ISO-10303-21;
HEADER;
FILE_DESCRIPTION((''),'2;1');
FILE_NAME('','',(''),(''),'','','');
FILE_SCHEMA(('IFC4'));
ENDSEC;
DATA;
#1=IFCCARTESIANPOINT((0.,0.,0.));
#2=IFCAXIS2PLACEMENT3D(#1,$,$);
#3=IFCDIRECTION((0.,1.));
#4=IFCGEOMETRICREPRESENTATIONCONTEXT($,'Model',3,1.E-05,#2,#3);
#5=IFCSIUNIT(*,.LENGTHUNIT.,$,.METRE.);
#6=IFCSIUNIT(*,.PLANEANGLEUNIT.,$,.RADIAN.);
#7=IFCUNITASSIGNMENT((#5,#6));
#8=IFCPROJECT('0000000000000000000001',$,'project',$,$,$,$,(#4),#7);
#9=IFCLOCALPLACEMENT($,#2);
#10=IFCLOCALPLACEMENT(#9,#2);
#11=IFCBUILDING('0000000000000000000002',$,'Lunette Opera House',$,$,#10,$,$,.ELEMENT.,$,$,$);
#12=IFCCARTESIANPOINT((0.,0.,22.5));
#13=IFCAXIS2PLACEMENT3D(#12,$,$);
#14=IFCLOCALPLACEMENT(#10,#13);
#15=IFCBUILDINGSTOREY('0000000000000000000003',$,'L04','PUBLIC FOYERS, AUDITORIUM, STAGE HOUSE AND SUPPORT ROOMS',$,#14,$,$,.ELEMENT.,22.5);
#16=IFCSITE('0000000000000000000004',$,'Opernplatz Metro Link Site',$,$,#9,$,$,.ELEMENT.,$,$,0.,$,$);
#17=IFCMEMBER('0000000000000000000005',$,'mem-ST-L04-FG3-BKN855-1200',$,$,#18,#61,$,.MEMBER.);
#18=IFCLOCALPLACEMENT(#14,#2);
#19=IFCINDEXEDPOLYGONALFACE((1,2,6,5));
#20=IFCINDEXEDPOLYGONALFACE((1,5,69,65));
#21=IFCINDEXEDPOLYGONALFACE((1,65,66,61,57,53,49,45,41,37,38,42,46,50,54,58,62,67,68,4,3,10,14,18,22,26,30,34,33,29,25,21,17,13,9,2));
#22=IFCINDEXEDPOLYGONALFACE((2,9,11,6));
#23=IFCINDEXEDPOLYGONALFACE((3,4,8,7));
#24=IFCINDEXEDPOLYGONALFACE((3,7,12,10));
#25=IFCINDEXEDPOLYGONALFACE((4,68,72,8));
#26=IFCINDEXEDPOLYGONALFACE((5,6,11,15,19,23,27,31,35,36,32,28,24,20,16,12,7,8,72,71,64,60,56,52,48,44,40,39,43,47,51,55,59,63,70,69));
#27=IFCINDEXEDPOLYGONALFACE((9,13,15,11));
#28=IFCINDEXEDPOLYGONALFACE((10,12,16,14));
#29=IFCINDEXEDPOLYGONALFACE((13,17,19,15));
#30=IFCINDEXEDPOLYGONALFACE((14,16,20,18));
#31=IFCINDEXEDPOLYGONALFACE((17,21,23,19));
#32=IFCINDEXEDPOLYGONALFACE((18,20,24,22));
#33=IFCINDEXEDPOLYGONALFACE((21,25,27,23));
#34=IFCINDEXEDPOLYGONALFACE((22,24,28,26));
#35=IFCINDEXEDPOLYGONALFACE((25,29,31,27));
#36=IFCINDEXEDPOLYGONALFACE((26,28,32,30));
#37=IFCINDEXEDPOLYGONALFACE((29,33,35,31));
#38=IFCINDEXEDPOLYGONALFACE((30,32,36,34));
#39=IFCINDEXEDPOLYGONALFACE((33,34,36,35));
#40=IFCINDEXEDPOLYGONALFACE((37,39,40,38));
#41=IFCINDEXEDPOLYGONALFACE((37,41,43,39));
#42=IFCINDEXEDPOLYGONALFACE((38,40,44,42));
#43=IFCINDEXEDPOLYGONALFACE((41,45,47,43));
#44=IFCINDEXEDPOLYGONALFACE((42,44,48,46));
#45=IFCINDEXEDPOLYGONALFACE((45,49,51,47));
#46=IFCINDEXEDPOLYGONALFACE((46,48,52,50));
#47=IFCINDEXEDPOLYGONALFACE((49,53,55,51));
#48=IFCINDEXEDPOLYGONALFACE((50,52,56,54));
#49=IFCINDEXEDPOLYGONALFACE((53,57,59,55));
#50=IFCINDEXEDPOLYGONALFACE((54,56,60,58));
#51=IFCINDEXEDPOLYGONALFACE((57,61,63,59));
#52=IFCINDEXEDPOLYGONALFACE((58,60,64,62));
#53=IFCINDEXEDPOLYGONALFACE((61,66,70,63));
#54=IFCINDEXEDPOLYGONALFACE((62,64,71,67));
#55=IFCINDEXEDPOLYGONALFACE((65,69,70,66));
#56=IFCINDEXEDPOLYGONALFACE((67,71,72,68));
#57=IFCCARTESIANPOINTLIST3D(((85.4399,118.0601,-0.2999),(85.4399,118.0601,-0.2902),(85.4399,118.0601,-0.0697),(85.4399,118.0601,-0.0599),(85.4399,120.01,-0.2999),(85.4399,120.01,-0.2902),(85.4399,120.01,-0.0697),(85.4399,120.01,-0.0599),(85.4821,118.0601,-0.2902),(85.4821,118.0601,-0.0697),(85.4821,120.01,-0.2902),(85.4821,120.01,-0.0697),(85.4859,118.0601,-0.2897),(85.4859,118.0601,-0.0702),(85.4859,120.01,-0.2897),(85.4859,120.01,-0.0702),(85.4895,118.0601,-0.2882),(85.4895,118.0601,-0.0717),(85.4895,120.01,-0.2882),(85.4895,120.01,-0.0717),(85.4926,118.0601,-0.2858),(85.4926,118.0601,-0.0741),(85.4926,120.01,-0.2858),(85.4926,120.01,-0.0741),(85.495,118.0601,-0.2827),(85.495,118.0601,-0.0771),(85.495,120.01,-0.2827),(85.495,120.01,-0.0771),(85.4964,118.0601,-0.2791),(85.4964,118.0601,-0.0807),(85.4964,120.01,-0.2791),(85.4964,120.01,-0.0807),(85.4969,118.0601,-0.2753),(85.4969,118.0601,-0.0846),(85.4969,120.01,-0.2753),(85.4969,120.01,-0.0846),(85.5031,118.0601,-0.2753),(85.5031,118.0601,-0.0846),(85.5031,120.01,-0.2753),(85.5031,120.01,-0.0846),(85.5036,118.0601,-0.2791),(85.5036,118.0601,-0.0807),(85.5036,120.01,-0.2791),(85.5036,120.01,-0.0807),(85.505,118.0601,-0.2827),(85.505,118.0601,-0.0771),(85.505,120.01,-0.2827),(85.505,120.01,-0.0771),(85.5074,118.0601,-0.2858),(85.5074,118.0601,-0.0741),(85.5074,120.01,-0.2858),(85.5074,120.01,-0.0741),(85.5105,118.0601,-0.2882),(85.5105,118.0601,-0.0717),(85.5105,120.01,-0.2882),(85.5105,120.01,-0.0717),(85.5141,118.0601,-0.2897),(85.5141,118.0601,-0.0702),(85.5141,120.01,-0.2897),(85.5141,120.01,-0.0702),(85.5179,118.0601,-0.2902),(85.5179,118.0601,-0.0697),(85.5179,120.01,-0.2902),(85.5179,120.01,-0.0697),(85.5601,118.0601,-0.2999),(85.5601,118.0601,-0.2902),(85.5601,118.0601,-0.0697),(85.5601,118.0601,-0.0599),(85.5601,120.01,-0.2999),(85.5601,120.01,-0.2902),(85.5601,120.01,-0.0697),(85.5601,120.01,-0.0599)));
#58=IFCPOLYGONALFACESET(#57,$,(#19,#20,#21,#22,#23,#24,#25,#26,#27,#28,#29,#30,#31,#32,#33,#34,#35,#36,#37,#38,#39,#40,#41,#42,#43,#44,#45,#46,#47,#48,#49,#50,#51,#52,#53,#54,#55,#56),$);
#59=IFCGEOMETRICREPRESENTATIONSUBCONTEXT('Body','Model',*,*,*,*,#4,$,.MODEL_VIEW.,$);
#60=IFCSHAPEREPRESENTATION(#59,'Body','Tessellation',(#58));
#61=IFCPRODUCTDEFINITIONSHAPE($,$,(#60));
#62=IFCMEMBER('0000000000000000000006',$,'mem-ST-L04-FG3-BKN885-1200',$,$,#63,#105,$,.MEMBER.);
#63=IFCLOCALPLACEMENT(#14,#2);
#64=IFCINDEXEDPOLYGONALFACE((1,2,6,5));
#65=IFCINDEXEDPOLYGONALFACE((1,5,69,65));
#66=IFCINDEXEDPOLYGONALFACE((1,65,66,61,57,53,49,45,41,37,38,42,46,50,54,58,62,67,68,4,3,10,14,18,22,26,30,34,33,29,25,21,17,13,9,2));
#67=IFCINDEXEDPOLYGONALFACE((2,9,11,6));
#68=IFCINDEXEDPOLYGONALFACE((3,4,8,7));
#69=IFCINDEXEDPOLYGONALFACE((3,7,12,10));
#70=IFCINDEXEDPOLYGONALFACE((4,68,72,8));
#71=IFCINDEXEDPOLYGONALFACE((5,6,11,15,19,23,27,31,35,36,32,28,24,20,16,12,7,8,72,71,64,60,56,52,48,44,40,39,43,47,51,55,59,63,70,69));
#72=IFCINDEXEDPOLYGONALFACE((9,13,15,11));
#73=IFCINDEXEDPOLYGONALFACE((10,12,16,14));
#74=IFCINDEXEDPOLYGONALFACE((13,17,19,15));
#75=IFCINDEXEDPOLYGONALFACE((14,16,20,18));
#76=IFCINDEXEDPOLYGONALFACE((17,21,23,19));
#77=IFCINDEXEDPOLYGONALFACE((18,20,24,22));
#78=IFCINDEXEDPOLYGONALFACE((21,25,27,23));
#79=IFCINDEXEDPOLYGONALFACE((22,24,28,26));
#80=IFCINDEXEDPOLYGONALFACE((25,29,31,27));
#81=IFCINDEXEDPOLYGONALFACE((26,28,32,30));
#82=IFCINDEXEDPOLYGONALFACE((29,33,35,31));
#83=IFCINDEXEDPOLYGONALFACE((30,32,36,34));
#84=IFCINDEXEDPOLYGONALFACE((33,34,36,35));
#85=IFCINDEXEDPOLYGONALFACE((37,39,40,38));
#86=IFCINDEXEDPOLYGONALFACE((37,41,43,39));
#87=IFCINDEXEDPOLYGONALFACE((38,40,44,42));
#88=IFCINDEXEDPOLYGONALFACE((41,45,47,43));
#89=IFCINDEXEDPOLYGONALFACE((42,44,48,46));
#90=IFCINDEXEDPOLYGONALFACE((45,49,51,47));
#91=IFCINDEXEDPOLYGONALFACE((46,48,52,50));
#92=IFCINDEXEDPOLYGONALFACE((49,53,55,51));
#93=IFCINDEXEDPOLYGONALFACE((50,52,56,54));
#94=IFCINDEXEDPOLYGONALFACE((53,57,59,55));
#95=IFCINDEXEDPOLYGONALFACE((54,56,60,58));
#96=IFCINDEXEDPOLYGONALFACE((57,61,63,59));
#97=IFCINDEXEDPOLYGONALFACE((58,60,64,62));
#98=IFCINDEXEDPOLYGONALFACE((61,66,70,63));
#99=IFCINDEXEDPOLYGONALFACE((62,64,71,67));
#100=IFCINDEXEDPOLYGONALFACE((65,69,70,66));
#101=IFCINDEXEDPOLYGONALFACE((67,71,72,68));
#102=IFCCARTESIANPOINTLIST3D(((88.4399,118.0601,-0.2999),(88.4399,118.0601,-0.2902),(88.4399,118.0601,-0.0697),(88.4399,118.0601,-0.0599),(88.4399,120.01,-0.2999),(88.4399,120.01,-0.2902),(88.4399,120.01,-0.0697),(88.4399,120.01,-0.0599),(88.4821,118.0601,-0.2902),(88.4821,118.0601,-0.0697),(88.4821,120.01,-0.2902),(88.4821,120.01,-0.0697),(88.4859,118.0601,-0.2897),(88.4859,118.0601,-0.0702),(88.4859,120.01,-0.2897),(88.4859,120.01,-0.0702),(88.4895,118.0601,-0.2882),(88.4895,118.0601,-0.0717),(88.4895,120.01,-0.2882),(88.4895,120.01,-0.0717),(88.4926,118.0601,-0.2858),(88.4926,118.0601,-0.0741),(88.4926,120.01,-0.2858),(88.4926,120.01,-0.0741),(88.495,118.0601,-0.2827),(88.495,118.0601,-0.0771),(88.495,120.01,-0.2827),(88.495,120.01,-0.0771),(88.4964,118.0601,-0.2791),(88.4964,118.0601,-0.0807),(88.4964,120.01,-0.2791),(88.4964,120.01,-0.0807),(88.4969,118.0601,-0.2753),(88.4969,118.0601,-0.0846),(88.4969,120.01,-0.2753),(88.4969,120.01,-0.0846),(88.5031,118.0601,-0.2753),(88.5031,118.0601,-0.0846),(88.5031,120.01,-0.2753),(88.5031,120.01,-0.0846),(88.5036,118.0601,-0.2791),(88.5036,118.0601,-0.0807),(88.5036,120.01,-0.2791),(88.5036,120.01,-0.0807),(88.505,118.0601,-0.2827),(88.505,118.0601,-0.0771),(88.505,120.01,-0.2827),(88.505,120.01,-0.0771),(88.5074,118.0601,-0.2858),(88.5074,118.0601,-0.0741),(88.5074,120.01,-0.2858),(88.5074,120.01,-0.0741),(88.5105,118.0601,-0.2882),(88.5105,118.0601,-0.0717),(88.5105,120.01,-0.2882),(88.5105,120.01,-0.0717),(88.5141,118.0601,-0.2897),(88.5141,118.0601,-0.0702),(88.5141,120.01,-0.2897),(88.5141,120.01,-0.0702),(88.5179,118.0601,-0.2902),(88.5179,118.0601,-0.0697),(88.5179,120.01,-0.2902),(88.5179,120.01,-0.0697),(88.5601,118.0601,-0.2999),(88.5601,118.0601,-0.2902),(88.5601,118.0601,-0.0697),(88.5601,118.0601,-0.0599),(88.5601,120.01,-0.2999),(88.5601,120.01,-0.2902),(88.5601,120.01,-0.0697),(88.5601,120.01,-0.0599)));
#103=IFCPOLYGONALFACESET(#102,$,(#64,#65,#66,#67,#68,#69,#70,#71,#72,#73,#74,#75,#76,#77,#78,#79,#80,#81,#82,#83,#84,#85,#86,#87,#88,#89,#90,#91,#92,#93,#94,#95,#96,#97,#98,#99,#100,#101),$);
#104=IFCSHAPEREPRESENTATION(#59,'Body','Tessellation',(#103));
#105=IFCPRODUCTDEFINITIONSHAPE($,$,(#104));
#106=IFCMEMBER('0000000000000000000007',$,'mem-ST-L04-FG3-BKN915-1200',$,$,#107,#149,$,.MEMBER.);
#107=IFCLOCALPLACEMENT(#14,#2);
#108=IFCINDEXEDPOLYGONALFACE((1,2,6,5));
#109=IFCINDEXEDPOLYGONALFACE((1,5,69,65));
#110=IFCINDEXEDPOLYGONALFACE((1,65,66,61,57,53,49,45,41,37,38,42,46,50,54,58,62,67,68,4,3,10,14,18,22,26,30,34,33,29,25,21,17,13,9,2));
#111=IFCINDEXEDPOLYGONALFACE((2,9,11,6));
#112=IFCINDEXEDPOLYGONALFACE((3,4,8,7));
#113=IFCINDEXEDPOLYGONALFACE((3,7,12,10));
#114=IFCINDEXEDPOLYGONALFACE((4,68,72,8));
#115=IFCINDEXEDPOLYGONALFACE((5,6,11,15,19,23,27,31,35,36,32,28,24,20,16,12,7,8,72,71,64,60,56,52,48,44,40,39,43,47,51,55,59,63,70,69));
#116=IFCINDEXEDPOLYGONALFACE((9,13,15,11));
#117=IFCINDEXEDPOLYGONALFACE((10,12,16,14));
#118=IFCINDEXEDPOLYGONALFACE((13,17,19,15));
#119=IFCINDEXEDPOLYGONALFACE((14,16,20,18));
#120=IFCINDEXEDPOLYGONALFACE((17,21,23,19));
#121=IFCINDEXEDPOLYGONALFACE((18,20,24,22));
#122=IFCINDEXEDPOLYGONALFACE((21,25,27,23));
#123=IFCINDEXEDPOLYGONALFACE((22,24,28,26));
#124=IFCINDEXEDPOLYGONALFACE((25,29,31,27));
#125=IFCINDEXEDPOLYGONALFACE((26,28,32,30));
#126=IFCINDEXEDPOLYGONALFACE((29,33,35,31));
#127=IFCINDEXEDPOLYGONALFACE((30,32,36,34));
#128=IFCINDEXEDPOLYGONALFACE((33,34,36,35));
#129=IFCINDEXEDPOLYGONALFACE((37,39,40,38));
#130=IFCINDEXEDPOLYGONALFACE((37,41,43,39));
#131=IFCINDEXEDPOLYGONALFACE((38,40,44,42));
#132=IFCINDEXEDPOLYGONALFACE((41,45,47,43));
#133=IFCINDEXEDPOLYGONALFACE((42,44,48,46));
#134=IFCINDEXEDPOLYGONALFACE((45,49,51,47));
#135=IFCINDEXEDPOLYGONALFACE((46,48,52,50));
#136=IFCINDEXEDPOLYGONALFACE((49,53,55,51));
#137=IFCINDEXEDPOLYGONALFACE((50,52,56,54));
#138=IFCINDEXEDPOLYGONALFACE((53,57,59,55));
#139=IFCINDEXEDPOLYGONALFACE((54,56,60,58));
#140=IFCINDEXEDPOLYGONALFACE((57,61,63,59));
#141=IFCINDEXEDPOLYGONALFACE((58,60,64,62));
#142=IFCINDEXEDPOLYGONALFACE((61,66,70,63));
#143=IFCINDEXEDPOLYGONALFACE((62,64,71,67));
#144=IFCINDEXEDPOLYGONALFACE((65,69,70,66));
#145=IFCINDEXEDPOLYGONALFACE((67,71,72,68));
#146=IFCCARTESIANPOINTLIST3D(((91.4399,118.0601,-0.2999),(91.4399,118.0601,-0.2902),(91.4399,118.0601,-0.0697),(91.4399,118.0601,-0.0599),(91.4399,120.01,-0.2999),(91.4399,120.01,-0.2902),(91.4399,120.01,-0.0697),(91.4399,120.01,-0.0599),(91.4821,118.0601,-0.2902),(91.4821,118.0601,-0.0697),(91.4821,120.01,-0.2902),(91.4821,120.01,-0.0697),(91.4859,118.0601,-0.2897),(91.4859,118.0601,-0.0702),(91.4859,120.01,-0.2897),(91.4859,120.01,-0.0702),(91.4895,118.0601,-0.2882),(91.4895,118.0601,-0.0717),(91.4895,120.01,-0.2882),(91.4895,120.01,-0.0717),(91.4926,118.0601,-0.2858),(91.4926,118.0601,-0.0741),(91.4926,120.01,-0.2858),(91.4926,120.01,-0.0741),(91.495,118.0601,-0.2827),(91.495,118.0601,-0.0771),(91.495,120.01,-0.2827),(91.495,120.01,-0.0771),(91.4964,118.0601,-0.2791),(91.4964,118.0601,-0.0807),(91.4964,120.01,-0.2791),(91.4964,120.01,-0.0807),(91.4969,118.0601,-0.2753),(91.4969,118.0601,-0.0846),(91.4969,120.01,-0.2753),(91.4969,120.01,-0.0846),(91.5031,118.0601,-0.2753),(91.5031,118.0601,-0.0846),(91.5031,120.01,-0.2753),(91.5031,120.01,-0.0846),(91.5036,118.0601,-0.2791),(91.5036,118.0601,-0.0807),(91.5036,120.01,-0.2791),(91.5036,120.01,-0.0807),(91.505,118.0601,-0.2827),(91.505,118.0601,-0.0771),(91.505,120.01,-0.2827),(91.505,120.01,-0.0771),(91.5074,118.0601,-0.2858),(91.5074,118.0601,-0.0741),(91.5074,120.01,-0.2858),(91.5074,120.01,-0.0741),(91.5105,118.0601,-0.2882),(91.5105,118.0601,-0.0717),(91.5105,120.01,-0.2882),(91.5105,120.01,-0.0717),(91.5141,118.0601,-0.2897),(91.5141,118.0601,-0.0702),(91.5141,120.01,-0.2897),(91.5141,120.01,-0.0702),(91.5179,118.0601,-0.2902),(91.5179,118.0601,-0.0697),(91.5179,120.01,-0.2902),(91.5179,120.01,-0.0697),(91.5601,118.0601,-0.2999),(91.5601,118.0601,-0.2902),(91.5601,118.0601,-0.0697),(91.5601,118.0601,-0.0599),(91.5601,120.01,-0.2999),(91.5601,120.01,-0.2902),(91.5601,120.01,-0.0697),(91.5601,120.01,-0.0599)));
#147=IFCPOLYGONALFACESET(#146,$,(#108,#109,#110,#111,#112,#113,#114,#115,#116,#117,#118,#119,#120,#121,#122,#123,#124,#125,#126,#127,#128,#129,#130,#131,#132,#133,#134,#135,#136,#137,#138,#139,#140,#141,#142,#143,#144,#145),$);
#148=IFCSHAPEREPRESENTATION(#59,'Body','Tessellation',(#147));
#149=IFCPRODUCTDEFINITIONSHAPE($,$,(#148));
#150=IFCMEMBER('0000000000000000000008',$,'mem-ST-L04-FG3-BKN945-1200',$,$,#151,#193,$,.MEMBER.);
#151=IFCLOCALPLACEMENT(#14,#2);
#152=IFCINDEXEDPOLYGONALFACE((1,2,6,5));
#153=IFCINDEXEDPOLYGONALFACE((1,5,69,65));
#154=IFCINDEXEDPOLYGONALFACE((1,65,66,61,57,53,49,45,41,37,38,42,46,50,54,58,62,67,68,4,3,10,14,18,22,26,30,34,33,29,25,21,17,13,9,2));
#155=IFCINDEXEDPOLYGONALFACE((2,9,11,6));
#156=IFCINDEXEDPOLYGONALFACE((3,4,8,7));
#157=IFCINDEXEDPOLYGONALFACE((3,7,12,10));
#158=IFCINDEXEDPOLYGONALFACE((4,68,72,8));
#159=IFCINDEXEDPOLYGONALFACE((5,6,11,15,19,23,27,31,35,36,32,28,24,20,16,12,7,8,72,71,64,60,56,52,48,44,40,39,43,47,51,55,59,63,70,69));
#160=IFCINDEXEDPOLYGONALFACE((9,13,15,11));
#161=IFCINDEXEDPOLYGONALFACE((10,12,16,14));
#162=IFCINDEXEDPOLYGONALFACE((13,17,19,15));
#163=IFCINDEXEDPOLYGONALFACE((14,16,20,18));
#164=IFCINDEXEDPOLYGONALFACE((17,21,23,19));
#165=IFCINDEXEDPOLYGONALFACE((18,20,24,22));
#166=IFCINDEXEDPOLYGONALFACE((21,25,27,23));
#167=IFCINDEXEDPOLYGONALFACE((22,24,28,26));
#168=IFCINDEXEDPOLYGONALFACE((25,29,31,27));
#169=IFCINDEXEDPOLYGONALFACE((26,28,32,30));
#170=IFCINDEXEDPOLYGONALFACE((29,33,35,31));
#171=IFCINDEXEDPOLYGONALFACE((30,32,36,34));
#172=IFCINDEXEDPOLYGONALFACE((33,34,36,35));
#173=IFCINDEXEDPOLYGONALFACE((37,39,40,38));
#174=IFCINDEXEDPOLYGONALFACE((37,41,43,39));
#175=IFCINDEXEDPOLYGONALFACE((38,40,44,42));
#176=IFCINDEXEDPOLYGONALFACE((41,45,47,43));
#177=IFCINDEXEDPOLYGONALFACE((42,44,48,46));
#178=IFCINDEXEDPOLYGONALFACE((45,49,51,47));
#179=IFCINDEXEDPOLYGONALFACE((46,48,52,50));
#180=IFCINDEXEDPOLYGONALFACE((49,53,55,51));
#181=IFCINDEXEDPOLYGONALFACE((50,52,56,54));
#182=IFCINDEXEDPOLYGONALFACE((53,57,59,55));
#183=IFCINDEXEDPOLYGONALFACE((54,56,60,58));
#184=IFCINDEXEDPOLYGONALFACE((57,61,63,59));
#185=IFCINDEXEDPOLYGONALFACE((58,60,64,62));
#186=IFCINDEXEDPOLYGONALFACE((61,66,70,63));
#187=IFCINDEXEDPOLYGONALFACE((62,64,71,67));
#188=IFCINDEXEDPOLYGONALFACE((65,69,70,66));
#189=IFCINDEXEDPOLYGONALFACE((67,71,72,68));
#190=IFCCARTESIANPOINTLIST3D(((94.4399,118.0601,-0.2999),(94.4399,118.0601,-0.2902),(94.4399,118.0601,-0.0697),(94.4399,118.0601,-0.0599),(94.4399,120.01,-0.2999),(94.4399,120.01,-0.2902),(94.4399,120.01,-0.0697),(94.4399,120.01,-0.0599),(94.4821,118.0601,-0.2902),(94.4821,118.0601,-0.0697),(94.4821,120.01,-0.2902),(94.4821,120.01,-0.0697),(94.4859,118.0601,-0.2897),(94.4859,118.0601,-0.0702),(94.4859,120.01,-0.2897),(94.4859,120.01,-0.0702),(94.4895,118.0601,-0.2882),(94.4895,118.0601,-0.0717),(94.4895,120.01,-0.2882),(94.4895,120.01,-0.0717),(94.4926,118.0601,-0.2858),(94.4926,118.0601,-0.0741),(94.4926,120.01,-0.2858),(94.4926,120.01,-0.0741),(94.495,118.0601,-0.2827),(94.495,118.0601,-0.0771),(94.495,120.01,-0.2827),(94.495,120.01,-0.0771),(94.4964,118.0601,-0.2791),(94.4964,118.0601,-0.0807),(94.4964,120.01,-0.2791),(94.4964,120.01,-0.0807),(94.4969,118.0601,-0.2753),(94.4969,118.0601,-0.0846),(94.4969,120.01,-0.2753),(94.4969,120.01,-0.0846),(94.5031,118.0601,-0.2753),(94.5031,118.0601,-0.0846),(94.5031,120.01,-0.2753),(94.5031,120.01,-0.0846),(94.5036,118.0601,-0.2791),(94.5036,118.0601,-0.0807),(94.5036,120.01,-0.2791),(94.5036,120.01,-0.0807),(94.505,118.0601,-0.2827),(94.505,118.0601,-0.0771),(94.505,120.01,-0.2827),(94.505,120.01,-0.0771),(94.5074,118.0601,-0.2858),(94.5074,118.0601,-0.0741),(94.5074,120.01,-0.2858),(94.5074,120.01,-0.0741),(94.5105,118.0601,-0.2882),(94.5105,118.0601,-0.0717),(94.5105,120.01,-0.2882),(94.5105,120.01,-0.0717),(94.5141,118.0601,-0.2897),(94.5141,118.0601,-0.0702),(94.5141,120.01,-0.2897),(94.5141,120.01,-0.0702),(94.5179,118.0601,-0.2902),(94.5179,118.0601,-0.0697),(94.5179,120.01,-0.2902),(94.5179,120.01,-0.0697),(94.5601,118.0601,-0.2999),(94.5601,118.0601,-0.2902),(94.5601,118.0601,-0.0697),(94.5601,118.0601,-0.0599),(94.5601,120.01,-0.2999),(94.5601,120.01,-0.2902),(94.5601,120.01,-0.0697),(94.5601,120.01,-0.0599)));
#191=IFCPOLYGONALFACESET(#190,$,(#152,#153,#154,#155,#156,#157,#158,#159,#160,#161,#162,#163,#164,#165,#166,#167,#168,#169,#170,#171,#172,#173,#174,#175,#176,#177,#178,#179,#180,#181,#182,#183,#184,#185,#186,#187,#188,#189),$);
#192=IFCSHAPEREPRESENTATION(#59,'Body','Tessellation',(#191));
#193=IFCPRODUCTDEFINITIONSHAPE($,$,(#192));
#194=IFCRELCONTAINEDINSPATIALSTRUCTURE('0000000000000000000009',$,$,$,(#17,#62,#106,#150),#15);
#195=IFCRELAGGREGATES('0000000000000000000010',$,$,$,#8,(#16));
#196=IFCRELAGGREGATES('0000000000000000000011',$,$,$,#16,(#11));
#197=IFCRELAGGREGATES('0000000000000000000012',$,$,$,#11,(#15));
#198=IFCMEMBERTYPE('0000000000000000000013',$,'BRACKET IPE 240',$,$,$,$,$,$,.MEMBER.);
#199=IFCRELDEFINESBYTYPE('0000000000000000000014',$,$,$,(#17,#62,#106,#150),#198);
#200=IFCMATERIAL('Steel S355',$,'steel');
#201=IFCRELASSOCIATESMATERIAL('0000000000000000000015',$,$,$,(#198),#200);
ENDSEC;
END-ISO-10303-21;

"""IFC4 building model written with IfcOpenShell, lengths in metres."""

from ifc_helpers import new_model, si_unit, direction, frame, origin, origin_2d, place, context, subcontext, project, spatial, i_section, extrude, material, material_profile, profile_set, type_object, element, save


model = new_model("IFC4")

# Units and contexts
model_context = context("Model", 3, precision=1e-05, world=origin(), true_north=direction((0.0, 1.0)))
body_context = subcontext(model_context, "Body", "Model", "MODEL_VIEW")
ifc_project = project(units=[si_unit("LENGTHUNIT", "METRE"), si_unit("PLANEANGLEUNIT", "RADIAN")], contexts=[model_context])

# Site, building, storey
site_placement = place(None, origin())
site = spatial("IfcSite", under=ifc_project, at=site_placement, Name="Opernplatz Metro Link Site", CompositionType="ELEMENT", RefElevation=0.0)
building_placement = place(site_placement, origin())
building = spatial("IfcBuilding", under=site, at=building_placement, Name="Lunette Opera House", CompositionType="ELEMENT")
storey_placement = place(building_placement, frame((0.0, 0.0, 22.5)))
storey = spatial("IfcBuildingStorey", under=building, at=storey_placement, Name="L04", Description="PUBLIC FOYERS, AUDITORIUM, STAGE HOUSE AND SUPPORT ROOMS", CompositionType="ELEMENT", Elevation=22.5)

# Members
ifc_material_1 = material(Name="Steel S355", Category="steel")
ifc_material_profile_1 = material_profile(ifc_material_1, i_section(OverallWidth=0.1201, OverallDepth=0.24, WebThickness=0.0061, FlangeThickness=0.0098, FilletRadius=0.0149, at=origin_2d()), Name="IPE 240")
ifc_profile_set_1 = profile_set([ifc_material_profile_1], Name="Steel S355")
member_type_1 = type_object("IfcMemberType", Name="BRACKET IPE 240", PredefinedType="MEMBER", material=ifc_profile_set_1)
for number, where, z_axis, x_axis, name in (
    (1, (85.5, 120.01, -0.1799), (0.0, -1.0, 0.0), (1.0, 0.0, 0.0), "mem-ST-L04-FG3-BKN855-1200"),
    (2, (88.5, 120.01, -0.1799), (0.0, -1.0, 0.0), (1.0, 0.0, 0.0), "mem-ST-L04-FG3-BKN885-1200"),
    (3, (91.5, 120.01, -0.1799), (0.0, -1.0, 0.0), (1.0, 0.0, 0.0), "mem-ST-L04-FG3-BKN915-1200"),
    (4, (94.5, 120.01, -0.1799), (0.0, -1.0, 0.0), (1.0, 0.0, 0.0), "mem-ST-L04-FG3-BKN945-1200"),
):
    element("IfcMember", number, at=place(storey_placement, frame(where, z_axis=z_axis, x_axis=x_axis)), inside=storey, type_object=member_type_1, Name=name, PredefinedType="MEMBER", context=body_context, shape_type="SweptSolid", body=[
        extrude(i_section(OverallWidth=0.1201, OverallDepth=0.24, WebThickness=0.0061, FlangeThickness=0.0098, FilletRadius=0.0149, at=origin_2d()), origin(), (0.0, 0.0, 1.0), 1.95),
    ])

save(model, "model.ifc")
